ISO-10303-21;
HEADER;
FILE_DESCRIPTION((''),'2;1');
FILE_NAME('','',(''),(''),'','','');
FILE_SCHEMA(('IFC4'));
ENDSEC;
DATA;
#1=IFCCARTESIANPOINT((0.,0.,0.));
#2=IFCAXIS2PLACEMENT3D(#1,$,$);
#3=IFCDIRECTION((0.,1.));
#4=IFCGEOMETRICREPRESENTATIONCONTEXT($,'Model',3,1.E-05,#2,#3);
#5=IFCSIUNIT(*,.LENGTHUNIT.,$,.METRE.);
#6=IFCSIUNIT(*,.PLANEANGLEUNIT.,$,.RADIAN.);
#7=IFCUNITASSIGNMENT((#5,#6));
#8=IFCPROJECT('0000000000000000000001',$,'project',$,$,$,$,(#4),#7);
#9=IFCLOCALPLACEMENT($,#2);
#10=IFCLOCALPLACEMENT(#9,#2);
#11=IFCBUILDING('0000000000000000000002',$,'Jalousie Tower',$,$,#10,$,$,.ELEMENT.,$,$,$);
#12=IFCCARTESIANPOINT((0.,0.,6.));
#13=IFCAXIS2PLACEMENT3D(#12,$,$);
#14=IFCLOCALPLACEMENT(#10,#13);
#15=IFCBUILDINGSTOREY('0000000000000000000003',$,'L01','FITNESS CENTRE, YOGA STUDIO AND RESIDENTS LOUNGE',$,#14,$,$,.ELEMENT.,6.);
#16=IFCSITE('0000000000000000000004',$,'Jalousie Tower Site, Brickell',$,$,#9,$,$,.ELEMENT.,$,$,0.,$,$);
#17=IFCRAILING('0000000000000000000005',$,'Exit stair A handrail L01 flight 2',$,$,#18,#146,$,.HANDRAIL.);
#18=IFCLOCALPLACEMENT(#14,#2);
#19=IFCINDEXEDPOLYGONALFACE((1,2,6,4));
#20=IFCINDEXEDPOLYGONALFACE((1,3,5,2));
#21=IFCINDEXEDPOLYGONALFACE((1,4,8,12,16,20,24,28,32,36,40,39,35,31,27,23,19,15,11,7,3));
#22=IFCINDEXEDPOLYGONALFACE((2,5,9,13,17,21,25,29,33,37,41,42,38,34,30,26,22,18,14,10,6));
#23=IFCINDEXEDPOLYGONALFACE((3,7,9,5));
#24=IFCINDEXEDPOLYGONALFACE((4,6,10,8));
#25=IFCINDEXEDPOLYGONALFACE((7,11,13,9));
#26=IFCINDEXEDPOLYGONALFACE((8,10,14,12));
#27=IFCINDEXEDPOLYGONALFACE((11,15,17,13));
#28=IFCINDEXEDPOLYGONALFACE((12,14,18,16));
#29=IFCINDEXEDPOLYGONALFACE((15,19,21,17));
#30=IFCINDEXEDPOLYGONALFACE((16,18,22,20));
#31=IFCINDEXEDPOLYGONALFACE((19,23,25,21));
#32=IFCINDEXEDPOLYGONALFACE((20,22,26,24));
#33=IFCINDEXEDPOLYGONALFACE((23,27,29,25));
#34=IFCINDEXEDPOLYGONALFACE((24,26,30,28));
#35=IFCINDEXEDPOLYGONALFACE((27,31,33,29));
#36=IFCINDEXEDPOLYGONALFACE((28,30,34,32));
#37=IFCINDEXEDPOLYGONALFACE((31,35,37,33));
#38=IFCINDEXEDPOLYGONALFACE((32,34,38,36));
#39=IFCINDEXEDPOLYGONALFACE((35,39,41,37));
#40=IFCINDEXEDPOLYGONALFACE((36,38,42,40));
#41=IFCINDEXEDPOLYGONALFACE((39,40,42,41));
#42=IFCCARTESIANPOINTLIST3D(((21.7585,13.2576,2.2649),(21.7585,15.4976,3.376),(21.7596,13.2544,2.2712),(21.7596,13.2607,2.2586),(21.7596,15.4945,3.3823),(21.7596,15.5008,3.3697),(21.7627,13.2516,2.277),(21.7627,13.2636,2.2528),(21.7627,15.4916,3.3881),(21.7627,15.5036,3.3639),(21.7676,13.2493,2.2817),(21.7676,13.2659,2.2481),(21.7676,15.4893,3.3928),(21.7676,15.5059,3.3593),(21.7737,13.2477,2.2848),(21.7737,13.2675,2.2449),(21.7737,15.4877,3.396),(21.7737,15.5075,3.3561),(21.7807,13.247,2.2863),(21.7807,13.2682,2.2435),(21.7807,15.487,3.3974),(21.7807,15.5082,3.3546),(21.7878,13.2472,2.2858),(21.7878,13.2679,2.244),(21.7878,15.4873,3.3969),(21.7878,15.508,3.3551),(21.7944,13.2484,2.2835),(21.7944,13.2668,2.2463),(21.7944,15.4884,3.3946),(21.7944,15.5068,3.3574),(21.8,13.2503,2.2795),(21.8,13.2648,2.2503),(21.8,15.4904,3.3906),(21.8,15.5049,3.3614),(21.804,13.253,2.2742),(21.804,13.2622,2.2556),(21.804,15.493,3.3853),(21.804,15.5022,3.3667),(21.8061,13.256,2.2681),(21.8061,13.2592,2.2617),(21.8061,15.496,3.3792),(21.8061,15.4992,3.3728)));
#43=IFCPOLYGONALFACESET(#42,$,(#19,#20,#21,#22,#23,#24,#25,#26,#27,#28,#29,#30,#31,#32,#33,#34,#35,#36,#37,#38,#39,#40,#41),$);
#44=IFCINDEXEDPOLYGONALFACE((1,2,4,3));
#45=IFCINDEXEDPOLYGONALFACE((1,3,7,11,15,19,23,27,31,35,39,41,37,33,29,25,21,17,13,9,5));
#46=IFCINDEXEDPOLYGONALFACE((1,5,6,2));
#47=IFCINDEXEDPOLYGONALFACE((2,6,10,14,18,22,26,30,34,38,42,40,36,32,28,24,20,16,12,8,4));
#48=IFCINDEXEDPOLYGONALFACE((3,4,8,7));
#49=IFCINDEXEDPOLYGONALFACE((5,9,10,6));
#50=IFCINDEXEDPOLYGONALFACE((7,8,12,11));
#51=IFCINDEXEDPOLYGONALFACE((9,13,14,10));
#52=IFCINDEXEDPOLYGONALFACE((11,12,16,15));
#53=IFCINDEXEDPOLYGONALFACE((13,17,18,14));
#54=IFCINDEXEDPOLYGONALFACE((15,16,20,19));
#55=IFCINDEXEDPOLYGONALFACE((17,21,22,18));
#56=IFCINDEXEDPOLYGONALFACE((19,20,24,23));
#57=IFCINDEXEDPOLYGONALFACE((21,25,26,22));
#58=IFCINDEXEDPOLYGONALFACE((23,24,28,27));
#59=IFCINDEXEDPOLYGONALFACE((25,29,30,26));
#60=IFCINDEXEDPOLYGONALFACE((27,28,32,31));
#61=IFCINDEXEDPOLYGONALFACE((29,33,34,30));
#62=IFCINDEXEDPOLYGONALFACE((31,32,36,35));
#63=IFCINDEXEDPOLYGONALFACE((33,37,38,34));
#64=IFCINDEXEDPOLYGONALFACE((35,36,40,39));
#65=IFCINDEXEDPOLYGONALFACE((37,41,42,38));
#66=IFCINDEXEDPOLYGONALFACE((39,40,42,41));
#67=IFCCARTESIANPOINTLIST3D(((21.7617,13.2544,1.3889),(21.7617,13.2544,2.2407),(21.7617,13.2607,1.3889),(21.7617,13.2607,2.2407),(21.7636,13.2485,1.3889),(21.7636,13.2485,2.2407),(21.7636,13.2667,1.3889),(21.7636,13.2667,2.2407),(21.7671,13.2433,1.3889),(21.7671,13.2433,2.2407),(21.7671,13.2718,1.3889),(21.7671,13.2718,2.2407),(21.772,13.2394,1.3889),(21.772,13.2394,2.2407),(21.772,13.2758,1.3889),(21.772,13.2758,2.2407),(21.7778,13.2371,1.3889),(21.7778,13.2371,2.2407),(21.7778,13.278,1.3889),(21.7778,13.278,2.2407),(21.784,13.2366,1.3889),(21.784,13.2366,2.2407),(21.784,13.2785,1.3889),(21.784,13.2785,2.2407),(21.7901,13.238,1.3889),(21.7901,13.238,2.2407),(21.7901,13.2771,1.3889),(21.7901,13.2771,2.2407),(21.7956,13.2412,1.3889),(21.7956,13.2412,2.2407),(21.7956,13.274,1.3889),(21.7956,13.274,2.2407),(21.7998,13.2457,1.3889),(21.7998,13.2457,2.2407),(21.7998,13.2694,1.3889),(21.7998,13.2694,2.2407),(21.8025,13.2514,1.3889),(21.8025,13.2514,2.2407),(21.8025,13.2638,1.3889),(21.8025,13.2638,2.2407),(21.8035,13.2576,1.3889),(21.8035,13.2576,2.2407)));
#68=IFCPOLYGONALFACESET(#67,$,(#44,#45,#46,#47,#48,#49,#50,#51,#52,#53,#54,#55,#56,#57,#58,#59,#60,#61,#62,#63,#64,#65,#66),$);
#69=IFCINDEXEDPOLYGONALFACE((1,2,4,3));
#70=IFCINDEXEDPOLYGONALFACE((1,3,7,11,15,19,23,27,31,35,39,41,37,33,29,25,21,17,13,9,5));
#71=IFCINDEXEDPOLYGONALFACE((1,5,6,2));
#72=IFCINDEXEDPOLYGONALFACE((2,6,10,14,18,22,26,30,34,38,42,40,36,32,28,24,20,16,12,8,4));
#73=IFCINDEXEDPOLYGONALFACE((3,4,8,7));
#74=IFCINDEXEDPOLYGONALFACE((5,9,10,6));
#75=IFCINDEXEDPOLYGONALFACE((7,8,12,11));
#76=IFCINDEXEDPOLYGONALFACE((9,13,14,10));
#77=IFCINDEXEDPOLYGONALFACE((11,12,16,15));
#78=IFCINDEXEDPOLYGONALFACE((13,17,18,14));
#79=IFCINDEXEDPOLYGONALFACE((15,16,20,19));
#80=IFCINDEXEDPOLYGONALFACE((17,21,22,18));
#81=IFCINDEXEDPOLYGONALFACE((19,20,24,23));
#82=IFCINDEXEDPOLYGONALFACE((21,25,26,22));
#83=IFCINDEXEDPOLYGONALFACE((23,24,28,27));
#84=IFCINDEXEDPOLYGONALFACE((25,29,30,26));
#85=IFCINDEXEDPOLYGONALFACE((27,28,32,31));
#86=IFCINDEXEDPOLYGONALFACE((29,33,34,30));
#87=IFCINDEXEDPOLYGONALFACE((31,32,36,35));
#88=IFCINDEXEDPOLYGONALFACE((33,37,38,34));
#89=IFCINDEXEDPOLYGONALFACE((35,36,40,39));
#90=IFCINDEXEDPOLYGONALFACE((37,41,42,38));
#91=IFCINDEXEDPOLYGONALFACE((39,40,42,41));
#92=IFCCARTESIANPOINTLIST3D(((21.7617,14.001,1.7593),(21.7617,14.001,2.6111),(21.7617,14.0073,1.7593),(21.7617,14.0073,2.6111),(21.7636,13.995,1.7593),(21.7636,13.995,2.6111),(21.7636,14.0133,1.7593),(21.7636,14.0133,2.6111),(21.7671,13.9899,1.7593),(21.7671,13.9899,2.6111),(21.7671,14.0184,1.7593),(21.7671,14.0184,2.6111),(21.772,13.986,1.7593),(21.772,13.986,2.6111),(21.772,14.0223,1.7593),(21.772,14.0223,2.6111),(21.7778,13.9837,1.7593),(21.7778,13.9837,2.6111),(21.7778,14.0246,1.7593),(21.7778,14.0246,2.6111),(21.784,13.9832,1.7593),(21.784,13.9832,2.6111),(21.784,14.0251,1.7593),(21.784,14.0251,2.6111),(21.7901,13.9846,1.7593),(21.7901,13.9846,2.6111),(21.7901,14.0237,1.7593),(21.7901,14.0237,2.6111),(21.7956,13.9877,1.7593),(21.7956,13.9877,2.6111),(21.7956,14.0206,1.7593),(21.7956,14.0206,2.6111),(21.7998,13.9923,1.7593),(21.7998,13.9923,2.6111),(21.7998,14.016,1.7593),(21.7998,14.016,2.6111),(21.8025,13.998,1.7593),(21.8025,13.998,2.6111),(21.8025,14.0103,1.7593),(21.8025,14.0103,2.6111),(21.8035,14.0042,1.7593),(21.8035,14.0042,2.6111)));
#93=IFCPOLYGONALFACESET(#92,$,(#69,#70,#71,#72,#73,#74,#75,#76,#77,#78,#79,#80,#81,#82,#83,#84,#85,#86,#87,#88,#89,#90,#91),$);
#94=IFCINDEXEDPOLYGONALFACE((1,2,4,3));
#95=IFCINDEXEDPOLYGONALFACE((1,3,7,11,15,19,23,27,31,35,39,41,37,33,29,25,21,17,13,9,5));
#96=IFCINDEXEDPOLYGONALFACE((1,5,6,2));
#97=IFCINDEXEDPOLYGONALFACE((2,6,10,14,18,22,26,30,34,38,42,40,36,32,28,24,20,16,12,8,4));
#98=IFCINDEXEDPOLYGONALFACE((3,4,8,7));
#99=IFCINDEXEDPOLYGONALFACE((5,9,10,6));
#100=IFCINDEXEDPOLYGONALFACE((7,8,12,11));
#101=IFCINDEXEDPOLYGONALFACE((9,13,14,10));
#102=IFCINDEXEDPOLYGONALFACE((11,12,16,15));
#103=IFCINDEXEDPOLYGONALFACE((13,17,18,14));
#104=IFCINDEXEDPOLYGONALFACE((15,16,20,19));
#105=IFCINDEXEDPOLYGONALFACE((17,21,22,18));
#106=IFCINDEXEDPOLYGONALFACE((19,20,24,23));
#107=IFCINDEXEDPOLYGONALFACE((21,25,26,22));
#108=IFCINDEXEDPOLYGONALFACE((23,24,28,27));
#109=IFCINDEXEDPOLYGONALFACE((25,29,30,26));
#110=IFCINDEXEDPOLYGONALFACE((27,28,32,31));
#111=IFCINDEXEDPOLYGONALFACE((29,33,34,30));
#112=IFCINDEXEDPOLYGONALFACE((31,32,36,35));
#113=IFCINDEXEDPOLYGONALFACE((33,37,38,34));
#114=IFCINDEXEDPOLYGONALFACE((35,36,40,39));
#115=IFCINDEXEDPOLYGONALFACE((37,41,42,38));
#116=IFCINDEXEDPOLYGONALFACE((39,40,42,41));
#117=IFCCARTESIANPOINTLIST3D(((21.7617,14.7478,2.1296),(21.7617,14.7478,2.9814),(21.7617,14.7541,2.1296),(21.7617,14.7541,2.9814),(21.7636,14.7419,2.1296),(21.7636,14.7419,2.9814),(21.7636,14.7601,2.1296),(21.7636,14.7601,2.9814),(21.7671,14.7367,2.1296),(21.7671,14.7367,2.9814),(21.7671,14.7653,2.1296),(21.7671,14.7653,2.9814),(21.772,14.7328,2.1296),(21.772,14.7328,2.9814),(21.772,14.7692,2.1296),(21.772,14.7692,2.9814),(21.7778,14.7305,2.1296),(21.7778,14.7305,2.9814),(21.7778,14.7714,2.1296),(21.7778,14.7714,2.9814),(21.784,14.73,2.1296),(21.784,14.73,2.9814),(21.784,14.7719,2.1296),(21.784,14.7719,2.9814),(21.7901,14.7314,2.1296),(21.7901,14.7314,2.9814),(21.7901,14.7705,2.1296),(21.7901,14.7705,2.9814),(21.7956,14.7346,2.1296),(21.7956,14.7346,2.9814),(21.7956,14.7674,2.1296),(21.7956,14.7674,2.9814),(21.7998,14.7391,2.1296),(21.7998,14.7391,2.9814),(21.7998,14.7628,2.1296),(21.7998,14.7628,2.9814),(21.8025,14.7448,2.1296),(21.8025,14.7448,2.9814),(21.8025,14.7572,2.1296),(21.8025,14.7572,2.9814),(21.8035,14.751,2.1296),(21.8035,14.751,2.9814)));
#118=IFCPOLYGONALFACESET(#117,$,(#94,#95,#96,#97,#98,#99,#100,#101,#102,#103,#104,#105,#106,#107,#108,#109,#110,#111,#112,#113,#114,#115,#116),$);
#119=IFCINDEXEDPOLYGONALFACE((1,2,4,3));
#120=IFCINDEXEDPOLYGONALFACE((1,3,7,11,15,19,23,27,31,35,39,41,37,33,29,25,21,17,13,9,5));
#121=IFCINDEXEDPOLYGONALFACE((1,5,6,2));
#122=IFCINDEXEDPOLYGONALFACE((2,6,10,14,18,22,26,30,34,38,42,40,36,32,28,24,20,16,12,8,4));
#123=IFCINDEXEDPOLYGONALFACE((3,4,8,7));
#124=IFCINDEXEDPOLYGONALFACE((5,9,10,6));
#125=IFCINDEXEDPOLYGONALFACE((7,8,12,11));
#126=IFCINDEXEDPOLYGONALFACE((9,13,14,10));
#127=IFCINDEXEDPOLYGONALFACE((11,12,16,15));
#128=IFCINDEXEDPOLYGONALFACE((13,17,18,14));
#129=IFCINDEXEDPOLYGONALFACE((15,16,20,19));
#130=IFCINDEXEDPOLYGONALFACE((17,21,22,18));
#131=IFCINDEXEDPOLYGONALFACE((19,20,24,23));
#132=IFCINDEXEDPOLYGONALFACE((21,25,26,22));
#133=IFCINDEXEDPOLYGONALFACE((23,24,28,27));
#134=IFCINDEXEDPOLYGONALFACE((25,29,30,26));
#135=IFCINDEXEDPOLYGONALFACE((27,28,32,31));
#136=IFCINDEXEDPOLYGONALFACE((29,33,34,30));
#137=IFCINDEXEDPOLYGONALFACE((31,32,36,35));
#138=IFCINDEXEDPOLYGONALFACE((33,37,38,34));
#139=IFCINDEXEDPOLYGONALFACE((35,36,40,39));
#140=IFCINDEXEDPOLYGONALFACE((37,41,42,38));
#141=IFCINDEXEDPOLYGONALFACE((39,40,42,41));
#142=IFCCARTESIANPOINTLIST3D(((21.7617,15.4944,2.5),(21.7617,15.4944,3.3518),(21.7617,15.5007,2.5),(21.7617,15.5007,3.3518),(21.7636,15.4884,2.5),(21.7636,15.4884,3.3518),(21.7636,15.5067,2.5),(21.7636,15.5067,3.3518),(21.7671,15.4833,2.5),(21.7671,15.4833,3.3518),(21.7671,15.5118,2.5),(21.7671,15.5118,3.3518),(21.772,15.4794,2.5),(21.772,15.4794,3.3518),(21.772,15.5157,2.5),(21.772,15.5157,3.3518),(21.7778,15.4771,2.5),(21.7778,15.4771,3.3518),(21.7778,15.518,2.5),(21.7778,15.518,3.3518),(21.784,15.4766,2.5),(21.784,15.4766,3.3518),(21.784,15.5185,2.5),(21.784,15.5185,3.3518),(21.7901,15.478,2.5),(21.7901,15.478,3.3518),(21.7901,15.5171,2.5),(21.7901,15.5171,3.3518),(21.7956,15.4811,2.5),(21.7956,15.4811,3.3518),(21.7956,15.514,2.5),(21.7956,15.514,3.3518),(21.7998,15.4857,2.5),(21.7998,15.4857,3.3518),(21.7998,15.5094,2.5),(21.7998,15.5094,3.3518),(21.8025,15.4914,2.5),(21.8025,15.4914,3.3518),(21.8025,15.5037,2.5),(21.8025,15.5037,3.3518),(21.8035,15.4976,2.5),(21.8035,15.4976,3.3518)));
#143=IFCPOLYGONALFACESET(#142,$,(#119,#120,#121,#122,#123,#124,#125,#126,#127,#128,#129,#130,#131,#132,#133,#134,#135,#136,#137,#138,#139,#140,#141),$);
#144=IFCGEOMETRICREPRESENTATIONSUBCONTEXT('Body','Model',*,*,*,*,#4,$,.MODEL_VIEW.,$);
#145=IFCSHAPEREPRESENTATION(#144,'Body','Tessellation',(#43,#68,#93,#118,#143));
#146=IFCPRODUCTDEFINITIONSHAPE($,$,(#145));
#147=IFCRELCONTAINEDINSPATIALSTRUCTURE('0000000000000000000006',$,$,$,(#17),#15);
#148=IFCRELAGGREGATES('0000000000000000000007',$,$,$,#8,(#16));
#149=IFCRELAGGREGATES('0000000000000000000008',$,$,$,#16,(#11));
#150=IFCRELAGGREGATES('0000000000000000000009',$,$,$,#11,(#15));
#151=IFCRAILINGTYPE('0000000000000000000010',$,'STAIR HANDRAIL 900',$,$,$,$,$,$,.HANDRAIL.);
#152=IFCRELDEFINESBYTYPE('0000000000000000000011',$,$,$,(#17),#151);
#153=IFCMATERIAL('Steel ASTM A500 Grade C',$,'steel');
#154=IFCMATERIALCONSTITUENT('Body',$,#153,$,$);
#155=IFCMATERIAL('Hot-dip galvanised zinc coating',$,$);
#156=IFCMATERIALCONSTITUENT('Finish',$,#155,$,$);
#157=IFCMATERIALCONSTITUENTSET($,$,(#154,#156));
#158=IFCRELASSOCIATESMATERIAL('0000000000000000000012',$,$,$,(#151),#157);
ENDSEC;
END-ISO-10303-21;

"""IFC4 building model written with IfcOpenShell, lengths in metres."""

from ifc_helpers import new_model, si_unit, direction, frame, origin, origin_2d, place, context, subcontext, project, spatial, circle, extrude, material, constituent, constituent_set, type_object, element, save


model = new_model("IFC4")

# Units and contexts
model_context = context("Model", 3, precision=1e-05, world=origin(), true_north=direction((0.0, 1.0)))
body_context = subcontext(model_context, "Body", "Model", "MODEL_VIEW")
ifc_project = project(units=[si_unit("LENGTHUNIT", "METRE"), si_unit("PLANEANGLEUNIT", "RADIAN")], contexts=[model_context])

# Site, building, storey
site_placement = place(None, origin())
site = spatial("IfcSite", under=ifc_project, at=site_placement, Name="Jalousie Tower Site, Brickell", CompositionType="ELEMENT", RefElevation=0.0)
building_placement = place(site_placement, origin())
building = spatial("IfcBuilding", under=site, at=building_placement, Name="Jalousie Tower", CompositionType="ELEMENT")
storey_placement = place(building_placement, frame((0.0, 0.0, 6.0)))
storey = spatial("IfcBuildingStorey", under=building, at=storey_placement, Name="L01", Description="FITNESS CENTRE, YOGA STUDIO AND RESIDENTS LOUNGE", CompositionType="ELEMENT", Elevation=6.0)

# Railing
ifc_material_1 = material(Name="Steel ASTM A500 Grade C", Category="steel")
ifc_constituent_1 = constituent(ifc_material_1, Name="Body")
ifc_material_2 = material(Name="Hot-dip galvanised zinc coating")
ifc_constituent_2 = constituent(ifc_material_2, Name="Finish")
ifc_constituent_set_1 = constituent_set(constituents=[ifc_constituent_1, ifc_constituent_2])
railing_type_1 = type_object("IfcRailingType", Name="STAIR HANDRAIL 900", PredefinedType="HANDRAIL", material=ifc_constituent_set_1)
railing_1_placement = place(storey_placement, frame((21.7825, 13.2576, 1.3889)))
element("IfcRailing", 1, at=railing_1_placement, inside=storey, type_object=railing_type_1, Name="Exit stair A handrail L01 flight 2", PredefinedType="HANDRAIL", context=body_context, shape_type="SweptSolid", body=[
    extrude(circle(Radius=0.0239, at=origin_2d()), frame((0.0, 0.0, 0.876), z_axis=(0.0, 0.895848, 0.44436), x_axis=(-1.0, 0.0, 0.0)), (0.0, 0.0, 1.0), 2.5005),
    extrude(circle(Radius=0.021, at=origin_2d()), origin(), (0.0, 0.0, 1.0), 0.8518),
    extrude(circle(Radius=0.021, at=origin_2d()), frame((0.0, 0.7466, 0.3704)), (0.0, 0.0, 1.0), 0.8518),
    extrude(circle(Radius=0.021, at=origin_2d()), frame((0.0, 1.4934, 0.7407)), (0.0, 0.0, 1.0), 0.8518),
    extrude(circle(Radius=0.021, at=origin_2d()), frame((0.0, 2.24, 1.1111)), (0.0, 0.0, 1.0), 0.8518),
])

save(model, "model.ifc")
